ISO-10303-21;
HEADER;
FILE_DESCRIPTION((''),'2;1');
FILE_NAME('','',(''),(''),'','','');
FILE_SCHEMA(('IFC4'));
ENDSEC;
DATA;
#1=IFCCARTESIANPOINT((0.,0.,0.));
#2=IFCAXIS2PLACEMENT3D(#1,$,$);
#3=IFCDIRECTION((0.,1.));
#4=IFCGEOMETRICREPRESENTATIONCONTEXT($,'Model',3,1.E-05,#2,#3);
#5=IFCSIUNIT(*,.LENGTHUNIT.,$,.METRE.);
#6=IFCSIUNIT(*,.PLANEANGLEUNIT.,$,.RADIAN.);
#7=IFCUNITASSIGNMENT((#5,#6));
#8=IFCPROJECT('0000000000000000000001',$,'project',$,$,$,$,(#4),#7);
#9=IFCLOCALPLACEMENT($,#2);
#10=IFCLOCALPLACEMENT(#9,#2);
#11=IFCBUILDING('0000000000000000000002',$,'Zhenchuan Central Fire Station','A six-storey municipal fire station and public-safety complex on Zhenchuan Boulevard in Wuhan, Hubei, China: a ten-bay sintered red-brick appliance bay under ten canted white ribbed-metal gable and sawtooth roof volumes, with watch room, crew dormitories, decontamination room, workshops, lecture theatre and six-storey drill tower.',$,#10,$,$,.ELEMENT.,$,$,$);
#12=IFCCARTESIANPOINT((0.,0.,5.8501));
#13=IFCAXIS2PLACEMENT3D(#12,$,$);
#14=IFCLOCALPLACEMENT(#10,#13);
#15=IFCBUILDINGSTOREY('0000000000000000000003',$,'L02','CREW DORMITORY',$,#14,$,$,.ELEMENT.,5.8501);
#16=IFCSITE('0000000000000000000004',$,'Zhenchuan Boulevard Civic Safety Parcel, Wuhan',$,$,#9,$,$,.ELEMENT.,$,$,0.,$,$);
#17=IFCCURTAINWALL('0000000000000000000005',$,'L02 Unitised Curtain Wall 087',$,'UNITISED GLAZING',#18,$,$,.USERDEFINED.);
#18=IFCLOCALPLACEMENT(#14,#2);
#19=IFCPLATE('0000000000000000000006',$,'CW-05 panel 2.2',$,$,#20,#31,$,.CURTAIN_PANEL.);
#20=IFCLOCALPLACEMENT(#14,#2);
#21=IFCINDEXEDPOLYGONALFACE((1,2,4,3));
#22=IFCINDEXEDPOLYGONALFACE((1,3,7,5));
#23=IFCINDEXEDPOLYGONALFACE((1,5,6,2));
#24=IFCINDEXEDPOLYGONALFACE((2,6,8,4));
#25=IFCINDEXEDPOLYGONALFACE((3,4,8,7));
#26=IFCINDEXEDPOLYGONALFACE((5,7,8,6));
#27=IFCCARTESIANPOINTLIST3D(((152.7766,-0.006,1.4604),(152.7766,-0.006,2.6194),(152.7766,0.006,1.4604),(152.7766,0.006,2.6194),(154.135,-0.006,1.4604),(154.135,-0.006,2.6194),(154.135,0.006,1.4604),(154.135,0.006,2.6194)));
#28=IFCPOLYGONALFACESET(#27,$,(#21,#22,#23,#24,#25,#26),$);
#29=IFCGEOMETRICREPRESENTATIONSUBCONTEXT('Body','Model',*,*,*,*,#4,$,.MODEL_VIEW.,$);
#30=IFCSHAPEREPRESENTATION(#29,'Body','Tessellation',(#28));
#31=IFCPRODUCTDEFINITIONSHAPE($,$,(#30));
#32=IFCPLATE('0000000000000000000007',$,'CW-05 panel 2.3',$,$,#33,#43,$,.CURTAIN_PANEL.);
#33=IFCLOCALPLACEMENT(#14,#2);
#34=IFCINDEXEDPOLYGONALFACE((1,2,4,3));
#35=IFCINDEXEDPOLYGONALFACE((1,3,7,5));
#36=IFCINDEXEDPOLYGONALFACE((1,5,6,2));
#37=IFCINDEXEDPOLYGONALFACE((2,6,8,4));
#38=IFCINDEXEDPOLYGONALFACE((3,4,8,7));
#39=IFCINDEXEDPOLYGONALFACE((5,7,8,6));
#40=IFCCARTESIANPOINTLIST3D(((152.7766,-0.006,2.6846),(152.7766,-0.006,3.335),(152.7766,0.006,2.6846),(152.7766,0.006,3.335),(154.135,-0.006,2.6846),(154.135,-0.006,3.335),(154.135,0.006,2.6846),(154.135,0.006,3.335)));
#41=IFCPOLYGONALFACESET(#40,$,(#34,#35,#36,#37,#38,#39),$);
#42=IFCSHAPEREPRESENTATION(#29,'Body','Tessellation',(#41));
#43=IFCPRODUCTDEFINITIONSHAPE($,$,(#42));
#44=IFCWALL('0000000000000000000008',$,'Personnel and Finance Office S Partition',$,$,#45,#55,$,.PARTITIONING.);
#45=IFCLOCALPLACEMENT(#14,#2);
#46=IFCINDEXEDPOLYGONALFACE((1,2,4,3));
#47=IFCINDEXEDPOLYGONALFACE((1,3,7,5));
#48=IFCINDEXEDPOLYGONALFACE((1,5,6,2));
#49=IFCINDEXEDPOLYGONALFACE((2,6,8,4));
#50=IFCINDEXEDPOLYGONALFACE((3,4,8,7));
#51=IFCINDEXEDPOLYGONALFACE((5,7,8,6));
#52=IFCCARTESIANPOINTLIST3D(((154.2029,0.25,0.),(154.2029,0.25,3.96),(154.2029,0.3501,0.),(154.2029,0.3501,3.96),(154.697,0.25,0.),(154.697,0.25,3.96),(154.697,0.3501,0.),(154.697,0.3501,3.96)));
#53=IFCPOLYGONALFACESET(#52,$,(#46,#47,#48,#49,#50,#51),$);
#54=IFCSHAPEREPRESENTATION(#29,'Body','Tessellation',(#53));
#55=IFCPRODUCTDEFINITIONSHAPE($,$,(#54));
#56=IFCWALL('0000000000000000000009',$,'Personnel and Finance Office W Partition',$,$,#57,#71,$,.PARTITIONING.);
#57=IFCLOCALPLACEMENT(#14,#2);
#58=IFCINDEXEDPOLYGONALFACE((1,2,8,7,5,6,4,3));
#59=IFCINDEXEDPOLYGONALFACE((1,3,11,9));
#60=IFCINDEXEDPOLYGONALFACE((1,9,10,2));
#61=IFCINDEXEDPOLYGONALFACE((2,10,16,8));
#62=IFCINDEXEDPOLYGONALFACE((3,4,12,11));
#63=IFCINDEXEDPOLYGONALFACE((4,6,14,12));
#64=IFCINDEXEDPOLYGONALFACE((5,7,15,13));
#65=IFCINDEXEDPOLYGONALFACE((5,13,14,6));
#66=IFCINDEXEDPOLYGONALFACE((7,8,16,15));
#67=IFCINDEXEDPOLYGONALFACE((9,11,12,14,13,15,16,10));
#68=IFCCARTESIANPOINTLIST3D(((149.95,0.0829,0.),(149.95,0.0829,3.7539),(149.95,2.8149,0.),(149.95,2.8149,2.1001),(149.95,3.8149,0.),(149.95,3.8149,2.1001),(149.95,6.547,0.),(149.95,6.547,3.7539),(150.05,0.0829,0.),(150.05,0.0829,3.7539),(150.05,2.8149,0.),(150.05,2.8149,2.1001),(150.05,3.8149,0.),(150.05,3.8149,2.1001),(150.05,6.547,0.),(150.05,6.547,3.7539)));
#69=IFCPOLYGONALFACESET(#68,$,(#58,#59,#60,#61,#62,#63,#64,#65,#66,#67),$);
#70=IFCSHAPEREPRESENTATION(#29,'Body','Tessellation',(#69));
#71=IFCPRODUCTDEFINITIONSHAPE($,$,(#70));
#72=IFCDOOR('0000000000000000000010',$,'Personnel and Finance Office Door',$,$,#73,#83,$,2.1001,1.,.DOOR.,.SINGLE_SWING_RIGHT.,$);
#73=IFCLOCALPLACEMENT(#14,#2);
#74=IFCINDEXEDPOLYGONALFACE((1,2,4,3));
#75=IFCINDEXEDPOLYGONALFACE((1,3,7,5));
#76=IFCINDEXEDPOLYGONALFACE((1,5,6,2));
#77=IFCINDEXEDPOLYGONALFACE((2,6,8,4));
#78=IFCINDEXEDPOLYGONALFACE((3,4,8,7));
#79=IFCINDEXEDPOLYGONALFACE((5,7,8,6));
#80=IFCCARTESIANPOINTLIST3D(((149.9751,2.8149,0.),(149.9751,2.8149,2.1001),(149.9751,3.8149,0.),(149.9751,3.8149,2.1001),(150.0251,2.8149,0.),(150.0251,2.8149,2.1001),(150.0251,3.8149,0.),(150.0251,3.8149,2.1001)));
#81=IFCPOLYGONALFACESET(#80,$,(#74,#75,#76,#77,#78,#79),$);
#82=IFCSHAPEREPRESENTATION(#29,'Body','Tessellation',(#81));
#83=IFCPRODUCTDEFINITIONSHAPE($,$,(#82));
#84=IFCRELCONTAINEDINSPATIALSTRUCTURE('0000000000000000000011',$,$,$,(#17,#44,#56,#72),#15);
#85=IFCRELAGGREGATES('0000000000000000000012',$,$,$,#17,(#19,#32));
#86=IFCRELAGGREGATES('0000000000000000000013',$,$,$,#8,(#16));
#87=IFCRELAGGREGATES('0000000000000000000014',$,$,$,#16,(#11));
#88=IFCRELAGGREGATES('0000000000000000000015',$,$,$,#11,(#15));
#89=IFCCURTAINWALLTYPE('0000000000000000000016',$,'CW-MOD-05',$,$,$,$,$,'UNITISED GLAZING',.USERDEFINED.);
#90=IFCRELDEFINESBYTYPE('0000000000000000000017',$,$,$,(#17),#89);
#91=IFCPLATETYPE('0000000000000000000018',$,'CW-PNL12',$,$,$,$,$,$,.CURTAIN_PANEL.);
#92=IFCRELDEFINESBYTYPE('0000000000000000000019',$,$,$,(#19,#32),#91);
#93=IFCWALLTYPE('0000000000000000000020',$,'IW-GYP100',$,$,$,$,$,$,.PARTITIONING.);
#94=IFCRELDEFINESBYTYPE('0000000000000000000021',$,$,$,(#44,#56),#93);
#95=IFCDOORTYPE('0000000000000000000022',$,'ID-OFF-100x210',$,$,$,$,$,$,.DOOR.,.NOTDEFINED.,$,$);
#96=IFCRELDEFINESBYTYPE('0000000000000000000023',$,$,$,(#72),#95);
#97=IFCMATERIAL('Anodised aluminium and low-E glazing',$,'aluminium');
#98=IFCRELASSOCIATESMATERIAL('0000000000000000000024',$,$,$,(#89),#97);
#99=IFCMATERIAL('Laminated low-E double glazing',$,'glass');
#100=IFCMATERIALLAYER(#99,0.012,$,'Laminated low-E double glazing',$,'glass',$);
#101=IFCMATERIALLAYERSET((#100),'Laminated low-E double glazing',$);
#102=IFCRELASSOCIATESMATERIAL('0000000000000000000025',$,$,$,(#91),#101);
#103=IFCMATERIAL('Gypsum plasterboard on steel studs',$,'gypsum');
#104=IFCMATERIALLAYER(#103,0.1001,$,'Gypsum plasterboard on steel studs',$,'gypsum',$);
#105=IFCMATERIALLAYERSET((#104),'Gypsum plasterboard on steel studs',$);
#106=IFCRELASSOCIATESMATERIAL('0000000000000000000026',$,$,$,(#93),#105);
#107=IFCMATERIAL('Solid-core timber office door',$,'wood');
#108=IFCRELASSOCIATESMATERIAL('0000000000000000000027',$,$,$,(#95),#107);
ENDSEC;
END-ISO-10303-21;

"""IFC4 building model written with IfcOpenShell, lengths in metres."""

from ifc_helpers import new_model, si_unit, direction, frame, frame_2d, origin, origin_2d, place, context, subcontext, project, spatial, rectangle, extrude, material, layer, layer_set, type_object, element, fill, aggregate, save


model = new_model("IFC4")

# Units and contexts
model_context = context("Model", 3, precision=1e-05, world=origin(), true_north=direction((0.0, 1.0)))
body_context = subcontext(model_context, "Body", "Model", "MODEL_VIEW")
ifc_project = project(units=[si_unit("LENGTHUNIT", "METRE"), si_unit("PLANEANGLEUNIT", "RADIAN")], contexts=[model_context])

# Site, building, storey
site_placement = place(None, origin())
site = spatial("IfcSite", under=ifc_project, at=site_placement, Name="Zhenchuan Boulevard Civic Safety Parcel, Wuhan", CompositionType="ELEMENT", RefElevation=0.0)
building_placement = place(site_placement, origin())
building = spatial("IfcBuilding", under=site, at=building_placement, Name="Zhenchuan Central Fire Station", Description="A six-storey municipal fire station and public-safety complex on Zhenchuan Boulevard in Wuhan, Hubei, China: a ten-bay sintered red-brick appliance bay under ten canted white ribbed-metal gable and sawtooth roof volumes, with watch room, crew dormitories, decontamination room, workshops, lecture theatre and six-storey drill tower.", CompositionType="ELEMENT")
storey_placement = place(building_placement, frame((0.0, 0.0, 5.8501)))
storey = spatial("IfcBuildingStorey", under=building, at=storey_placement, Name="L02", Description="CREW DORMITORY", CompositionType="ELEMENT", Elevation=5.8501)

# Curtain wall
ifc_material_1 = material(Name="Anodised aluminium and low-E glazing", Category="aluminium")
curtain_wall_type_1 = type_object("IfcCurtainWallType", Name="CW-MOD-05", ElementType="UNITISED GLAZING", PredefinedType="USERDEFINED", material=ifc_material_1)
curtain_wall_1_placement = place(storey_placement, origin())
curtain_wall_1 = element("IfcCurtainWall", 1, at=curtain_wall_1_placement, inside=storey, type_object=curtain_wall_type_1, Name="L02 Unitised Curtain Wall 087", ObjectType="UNITISED GLAZING", PredefinedType="USERDEFINED")

# Plates
ifc_material_2 = material(Name="Laminated low-E double glazing", Category="glass")
ifc_layer_1 = layer(ifc_material_2, 0.012, Name="Laminated low-E double glazing", Category="glass")
ifc_layer_set_1 = layer_set([ifc_layer_1], Name="Laminated low-E double glazing")
plate_type = type_object("IfcPlateType", Name="CW-PNL12", PredefinedType="CURTAIN_PANEL", material=ifc_layer_set_1)
plate_1_placement = place(storey_placement, frame((153.4558, 0.0, 1.4604), z_axis=(0.0, 0.0, 1.0), x_axis=(1.0, 0.0, 0.0)))
plate_1 = element("IfcPlate", 2, at=plate_1_placement, type_object=plate_type, Name="CW-05 panel 2.2", PredefinedType="CURTAIN_PANEL", context=body_context, shape_type="SweptSolid", body=[
    extrude(rectangle(XDim=1.3584, YDim=0.012, at=origin_2d()), origin(), (0.0, 0.0, 1.0), 1.1589),
])
plate_2_placement = place(storey_placement, frame((153.4558, 0.0, 2.6846), z_axis=(0.0, 0.0, 1.0), x_axis=(1.0, 0.0, 0.0)))
plate_2 = element("IfcPlate", 3, at=plate_2_placement, type_object=plate_type, Name="CW-05 panel 2.3", PredefinedType="CURTAIN_PANEL", context=body_context, shape_type="SweptSolid", body=[
    extrude(rectangle(XDim=1.3584, YDim=0.012, at=origin_2d()), origin(), (0.0, 0.0, 1.0), 0.6504),
])
aggregate(curtain_wall_1, [plate_1, plate_2])

# Wall
ifc_material_3 = material(Name="Gypsum plasterboard on steel studs", Category="gypsum")
ifc_layer_2 = layer(ifc_material_3, 0.1001, Name="Gypsum plasterboard on steel studs", Category="gypsum")
ifc_layer_set_2 = layer_set([ifc_layer_2], Name="Gypsum plasterboard on steel studs")
wall_type = type_object("IfcWallType", Name="IW-GYP100", PredefinedType="PARTITIONING", material=ifc_layer_set_2)
wall_1_placement = place(storey_placement, frame((154.2029, 0.3, 0.0), z_axis=(0.0, 0.0, 1.0), x_axis=(1.0, 0.0, 0.0)))
element("IfcWall", 4, at=wall_1_placement, inside=storey, type_object=wall_type, Name="Personnel and Finance Office S Partition", PredefinedType="PARTITIONING", context=body_context, shape_type="SweptSolid", body=[
    extrude(rectangle(XDim=0.4941, YDim=0.1001, at=frame_2d((0.2471, 0.0))), origin(), (0.0, 0.0, 1.0), 3.96),
])

# Wall, opening, door
wall_2_placement = place(storey_placement, frame((150.0, 0.083, 0.0), z_axis=(0.0, 0.0, 1.0), x_axis=(0.0, 1.0, 0.0)))
wall_2 = element("IfcWall", 5, at=wall_2_placement, inside=storey, type_object=wall_type, Name="Personnel and Finance Office W Partition", PredefinedType="PARTITIONING", context=body_context, shape_type="SweptSolid", body=[
    extrude(rectangle(XDim=6.4641, YDim=0.1001, at=frame_2d((3.2319, 0.0))), origin(), (0.0, 0.0, 1.0), 3.7539),
])
opening_placement = place(wall_2_placement, frame((2.7319, 0.0, 0.0)))
opening = element("IfcOpeningElement", 6, at=opening_placement, cuts=wall_2, PredefinedType="OPENING", context=body_context, shape_type="SweptSolid", body=[
    extrude(rectangle(XDim=1.0, YDim=2.1001, at=frame_2d((0.5, 1.05))), frame((0.0, 0.0601, 0.0), z_axis=(0.0, -1.0, 0.0), x_axis=(1.0, 0.0, 0.0)), (0.0, 0.0, 1.0), 0.1201),
])
ifc_material_4 = material(Name="Solid-core timber office door", Category="wood")
door_type = type_object("IfcDoorType", Name="ID-OFF-100x210", OperationType="NOTDEFINED", PredefinedType="DOOR", material=ifc_material_4)
door_placement = place(opening_placement, origin())
door = element("IfcDoor", 7, at=door_placement, inside=storey, type_object=door_type, Name="Personnel and Finance Office Door", OperationType="SINGLE_SWING_RIGHT", OverallHeight=2.1001, OverallWidth=1.0, PredefinedType="DOOR", context=body_context, shape_type="SweptSolid", body=[
    extrude(rectangle(XDim=1.0, YDim=2.1001, at=frame_2d((0.5, 1.05))), frame((0.0, 0.0249, 0.0), z_axis=(0.0, -1.0, 0.0), x_axis=(1.0, 0.0, 0.0)), (0.0, 0.0, 1.0), 0.05),
])
fill(opening, door)

save(model, "model.ifc")
